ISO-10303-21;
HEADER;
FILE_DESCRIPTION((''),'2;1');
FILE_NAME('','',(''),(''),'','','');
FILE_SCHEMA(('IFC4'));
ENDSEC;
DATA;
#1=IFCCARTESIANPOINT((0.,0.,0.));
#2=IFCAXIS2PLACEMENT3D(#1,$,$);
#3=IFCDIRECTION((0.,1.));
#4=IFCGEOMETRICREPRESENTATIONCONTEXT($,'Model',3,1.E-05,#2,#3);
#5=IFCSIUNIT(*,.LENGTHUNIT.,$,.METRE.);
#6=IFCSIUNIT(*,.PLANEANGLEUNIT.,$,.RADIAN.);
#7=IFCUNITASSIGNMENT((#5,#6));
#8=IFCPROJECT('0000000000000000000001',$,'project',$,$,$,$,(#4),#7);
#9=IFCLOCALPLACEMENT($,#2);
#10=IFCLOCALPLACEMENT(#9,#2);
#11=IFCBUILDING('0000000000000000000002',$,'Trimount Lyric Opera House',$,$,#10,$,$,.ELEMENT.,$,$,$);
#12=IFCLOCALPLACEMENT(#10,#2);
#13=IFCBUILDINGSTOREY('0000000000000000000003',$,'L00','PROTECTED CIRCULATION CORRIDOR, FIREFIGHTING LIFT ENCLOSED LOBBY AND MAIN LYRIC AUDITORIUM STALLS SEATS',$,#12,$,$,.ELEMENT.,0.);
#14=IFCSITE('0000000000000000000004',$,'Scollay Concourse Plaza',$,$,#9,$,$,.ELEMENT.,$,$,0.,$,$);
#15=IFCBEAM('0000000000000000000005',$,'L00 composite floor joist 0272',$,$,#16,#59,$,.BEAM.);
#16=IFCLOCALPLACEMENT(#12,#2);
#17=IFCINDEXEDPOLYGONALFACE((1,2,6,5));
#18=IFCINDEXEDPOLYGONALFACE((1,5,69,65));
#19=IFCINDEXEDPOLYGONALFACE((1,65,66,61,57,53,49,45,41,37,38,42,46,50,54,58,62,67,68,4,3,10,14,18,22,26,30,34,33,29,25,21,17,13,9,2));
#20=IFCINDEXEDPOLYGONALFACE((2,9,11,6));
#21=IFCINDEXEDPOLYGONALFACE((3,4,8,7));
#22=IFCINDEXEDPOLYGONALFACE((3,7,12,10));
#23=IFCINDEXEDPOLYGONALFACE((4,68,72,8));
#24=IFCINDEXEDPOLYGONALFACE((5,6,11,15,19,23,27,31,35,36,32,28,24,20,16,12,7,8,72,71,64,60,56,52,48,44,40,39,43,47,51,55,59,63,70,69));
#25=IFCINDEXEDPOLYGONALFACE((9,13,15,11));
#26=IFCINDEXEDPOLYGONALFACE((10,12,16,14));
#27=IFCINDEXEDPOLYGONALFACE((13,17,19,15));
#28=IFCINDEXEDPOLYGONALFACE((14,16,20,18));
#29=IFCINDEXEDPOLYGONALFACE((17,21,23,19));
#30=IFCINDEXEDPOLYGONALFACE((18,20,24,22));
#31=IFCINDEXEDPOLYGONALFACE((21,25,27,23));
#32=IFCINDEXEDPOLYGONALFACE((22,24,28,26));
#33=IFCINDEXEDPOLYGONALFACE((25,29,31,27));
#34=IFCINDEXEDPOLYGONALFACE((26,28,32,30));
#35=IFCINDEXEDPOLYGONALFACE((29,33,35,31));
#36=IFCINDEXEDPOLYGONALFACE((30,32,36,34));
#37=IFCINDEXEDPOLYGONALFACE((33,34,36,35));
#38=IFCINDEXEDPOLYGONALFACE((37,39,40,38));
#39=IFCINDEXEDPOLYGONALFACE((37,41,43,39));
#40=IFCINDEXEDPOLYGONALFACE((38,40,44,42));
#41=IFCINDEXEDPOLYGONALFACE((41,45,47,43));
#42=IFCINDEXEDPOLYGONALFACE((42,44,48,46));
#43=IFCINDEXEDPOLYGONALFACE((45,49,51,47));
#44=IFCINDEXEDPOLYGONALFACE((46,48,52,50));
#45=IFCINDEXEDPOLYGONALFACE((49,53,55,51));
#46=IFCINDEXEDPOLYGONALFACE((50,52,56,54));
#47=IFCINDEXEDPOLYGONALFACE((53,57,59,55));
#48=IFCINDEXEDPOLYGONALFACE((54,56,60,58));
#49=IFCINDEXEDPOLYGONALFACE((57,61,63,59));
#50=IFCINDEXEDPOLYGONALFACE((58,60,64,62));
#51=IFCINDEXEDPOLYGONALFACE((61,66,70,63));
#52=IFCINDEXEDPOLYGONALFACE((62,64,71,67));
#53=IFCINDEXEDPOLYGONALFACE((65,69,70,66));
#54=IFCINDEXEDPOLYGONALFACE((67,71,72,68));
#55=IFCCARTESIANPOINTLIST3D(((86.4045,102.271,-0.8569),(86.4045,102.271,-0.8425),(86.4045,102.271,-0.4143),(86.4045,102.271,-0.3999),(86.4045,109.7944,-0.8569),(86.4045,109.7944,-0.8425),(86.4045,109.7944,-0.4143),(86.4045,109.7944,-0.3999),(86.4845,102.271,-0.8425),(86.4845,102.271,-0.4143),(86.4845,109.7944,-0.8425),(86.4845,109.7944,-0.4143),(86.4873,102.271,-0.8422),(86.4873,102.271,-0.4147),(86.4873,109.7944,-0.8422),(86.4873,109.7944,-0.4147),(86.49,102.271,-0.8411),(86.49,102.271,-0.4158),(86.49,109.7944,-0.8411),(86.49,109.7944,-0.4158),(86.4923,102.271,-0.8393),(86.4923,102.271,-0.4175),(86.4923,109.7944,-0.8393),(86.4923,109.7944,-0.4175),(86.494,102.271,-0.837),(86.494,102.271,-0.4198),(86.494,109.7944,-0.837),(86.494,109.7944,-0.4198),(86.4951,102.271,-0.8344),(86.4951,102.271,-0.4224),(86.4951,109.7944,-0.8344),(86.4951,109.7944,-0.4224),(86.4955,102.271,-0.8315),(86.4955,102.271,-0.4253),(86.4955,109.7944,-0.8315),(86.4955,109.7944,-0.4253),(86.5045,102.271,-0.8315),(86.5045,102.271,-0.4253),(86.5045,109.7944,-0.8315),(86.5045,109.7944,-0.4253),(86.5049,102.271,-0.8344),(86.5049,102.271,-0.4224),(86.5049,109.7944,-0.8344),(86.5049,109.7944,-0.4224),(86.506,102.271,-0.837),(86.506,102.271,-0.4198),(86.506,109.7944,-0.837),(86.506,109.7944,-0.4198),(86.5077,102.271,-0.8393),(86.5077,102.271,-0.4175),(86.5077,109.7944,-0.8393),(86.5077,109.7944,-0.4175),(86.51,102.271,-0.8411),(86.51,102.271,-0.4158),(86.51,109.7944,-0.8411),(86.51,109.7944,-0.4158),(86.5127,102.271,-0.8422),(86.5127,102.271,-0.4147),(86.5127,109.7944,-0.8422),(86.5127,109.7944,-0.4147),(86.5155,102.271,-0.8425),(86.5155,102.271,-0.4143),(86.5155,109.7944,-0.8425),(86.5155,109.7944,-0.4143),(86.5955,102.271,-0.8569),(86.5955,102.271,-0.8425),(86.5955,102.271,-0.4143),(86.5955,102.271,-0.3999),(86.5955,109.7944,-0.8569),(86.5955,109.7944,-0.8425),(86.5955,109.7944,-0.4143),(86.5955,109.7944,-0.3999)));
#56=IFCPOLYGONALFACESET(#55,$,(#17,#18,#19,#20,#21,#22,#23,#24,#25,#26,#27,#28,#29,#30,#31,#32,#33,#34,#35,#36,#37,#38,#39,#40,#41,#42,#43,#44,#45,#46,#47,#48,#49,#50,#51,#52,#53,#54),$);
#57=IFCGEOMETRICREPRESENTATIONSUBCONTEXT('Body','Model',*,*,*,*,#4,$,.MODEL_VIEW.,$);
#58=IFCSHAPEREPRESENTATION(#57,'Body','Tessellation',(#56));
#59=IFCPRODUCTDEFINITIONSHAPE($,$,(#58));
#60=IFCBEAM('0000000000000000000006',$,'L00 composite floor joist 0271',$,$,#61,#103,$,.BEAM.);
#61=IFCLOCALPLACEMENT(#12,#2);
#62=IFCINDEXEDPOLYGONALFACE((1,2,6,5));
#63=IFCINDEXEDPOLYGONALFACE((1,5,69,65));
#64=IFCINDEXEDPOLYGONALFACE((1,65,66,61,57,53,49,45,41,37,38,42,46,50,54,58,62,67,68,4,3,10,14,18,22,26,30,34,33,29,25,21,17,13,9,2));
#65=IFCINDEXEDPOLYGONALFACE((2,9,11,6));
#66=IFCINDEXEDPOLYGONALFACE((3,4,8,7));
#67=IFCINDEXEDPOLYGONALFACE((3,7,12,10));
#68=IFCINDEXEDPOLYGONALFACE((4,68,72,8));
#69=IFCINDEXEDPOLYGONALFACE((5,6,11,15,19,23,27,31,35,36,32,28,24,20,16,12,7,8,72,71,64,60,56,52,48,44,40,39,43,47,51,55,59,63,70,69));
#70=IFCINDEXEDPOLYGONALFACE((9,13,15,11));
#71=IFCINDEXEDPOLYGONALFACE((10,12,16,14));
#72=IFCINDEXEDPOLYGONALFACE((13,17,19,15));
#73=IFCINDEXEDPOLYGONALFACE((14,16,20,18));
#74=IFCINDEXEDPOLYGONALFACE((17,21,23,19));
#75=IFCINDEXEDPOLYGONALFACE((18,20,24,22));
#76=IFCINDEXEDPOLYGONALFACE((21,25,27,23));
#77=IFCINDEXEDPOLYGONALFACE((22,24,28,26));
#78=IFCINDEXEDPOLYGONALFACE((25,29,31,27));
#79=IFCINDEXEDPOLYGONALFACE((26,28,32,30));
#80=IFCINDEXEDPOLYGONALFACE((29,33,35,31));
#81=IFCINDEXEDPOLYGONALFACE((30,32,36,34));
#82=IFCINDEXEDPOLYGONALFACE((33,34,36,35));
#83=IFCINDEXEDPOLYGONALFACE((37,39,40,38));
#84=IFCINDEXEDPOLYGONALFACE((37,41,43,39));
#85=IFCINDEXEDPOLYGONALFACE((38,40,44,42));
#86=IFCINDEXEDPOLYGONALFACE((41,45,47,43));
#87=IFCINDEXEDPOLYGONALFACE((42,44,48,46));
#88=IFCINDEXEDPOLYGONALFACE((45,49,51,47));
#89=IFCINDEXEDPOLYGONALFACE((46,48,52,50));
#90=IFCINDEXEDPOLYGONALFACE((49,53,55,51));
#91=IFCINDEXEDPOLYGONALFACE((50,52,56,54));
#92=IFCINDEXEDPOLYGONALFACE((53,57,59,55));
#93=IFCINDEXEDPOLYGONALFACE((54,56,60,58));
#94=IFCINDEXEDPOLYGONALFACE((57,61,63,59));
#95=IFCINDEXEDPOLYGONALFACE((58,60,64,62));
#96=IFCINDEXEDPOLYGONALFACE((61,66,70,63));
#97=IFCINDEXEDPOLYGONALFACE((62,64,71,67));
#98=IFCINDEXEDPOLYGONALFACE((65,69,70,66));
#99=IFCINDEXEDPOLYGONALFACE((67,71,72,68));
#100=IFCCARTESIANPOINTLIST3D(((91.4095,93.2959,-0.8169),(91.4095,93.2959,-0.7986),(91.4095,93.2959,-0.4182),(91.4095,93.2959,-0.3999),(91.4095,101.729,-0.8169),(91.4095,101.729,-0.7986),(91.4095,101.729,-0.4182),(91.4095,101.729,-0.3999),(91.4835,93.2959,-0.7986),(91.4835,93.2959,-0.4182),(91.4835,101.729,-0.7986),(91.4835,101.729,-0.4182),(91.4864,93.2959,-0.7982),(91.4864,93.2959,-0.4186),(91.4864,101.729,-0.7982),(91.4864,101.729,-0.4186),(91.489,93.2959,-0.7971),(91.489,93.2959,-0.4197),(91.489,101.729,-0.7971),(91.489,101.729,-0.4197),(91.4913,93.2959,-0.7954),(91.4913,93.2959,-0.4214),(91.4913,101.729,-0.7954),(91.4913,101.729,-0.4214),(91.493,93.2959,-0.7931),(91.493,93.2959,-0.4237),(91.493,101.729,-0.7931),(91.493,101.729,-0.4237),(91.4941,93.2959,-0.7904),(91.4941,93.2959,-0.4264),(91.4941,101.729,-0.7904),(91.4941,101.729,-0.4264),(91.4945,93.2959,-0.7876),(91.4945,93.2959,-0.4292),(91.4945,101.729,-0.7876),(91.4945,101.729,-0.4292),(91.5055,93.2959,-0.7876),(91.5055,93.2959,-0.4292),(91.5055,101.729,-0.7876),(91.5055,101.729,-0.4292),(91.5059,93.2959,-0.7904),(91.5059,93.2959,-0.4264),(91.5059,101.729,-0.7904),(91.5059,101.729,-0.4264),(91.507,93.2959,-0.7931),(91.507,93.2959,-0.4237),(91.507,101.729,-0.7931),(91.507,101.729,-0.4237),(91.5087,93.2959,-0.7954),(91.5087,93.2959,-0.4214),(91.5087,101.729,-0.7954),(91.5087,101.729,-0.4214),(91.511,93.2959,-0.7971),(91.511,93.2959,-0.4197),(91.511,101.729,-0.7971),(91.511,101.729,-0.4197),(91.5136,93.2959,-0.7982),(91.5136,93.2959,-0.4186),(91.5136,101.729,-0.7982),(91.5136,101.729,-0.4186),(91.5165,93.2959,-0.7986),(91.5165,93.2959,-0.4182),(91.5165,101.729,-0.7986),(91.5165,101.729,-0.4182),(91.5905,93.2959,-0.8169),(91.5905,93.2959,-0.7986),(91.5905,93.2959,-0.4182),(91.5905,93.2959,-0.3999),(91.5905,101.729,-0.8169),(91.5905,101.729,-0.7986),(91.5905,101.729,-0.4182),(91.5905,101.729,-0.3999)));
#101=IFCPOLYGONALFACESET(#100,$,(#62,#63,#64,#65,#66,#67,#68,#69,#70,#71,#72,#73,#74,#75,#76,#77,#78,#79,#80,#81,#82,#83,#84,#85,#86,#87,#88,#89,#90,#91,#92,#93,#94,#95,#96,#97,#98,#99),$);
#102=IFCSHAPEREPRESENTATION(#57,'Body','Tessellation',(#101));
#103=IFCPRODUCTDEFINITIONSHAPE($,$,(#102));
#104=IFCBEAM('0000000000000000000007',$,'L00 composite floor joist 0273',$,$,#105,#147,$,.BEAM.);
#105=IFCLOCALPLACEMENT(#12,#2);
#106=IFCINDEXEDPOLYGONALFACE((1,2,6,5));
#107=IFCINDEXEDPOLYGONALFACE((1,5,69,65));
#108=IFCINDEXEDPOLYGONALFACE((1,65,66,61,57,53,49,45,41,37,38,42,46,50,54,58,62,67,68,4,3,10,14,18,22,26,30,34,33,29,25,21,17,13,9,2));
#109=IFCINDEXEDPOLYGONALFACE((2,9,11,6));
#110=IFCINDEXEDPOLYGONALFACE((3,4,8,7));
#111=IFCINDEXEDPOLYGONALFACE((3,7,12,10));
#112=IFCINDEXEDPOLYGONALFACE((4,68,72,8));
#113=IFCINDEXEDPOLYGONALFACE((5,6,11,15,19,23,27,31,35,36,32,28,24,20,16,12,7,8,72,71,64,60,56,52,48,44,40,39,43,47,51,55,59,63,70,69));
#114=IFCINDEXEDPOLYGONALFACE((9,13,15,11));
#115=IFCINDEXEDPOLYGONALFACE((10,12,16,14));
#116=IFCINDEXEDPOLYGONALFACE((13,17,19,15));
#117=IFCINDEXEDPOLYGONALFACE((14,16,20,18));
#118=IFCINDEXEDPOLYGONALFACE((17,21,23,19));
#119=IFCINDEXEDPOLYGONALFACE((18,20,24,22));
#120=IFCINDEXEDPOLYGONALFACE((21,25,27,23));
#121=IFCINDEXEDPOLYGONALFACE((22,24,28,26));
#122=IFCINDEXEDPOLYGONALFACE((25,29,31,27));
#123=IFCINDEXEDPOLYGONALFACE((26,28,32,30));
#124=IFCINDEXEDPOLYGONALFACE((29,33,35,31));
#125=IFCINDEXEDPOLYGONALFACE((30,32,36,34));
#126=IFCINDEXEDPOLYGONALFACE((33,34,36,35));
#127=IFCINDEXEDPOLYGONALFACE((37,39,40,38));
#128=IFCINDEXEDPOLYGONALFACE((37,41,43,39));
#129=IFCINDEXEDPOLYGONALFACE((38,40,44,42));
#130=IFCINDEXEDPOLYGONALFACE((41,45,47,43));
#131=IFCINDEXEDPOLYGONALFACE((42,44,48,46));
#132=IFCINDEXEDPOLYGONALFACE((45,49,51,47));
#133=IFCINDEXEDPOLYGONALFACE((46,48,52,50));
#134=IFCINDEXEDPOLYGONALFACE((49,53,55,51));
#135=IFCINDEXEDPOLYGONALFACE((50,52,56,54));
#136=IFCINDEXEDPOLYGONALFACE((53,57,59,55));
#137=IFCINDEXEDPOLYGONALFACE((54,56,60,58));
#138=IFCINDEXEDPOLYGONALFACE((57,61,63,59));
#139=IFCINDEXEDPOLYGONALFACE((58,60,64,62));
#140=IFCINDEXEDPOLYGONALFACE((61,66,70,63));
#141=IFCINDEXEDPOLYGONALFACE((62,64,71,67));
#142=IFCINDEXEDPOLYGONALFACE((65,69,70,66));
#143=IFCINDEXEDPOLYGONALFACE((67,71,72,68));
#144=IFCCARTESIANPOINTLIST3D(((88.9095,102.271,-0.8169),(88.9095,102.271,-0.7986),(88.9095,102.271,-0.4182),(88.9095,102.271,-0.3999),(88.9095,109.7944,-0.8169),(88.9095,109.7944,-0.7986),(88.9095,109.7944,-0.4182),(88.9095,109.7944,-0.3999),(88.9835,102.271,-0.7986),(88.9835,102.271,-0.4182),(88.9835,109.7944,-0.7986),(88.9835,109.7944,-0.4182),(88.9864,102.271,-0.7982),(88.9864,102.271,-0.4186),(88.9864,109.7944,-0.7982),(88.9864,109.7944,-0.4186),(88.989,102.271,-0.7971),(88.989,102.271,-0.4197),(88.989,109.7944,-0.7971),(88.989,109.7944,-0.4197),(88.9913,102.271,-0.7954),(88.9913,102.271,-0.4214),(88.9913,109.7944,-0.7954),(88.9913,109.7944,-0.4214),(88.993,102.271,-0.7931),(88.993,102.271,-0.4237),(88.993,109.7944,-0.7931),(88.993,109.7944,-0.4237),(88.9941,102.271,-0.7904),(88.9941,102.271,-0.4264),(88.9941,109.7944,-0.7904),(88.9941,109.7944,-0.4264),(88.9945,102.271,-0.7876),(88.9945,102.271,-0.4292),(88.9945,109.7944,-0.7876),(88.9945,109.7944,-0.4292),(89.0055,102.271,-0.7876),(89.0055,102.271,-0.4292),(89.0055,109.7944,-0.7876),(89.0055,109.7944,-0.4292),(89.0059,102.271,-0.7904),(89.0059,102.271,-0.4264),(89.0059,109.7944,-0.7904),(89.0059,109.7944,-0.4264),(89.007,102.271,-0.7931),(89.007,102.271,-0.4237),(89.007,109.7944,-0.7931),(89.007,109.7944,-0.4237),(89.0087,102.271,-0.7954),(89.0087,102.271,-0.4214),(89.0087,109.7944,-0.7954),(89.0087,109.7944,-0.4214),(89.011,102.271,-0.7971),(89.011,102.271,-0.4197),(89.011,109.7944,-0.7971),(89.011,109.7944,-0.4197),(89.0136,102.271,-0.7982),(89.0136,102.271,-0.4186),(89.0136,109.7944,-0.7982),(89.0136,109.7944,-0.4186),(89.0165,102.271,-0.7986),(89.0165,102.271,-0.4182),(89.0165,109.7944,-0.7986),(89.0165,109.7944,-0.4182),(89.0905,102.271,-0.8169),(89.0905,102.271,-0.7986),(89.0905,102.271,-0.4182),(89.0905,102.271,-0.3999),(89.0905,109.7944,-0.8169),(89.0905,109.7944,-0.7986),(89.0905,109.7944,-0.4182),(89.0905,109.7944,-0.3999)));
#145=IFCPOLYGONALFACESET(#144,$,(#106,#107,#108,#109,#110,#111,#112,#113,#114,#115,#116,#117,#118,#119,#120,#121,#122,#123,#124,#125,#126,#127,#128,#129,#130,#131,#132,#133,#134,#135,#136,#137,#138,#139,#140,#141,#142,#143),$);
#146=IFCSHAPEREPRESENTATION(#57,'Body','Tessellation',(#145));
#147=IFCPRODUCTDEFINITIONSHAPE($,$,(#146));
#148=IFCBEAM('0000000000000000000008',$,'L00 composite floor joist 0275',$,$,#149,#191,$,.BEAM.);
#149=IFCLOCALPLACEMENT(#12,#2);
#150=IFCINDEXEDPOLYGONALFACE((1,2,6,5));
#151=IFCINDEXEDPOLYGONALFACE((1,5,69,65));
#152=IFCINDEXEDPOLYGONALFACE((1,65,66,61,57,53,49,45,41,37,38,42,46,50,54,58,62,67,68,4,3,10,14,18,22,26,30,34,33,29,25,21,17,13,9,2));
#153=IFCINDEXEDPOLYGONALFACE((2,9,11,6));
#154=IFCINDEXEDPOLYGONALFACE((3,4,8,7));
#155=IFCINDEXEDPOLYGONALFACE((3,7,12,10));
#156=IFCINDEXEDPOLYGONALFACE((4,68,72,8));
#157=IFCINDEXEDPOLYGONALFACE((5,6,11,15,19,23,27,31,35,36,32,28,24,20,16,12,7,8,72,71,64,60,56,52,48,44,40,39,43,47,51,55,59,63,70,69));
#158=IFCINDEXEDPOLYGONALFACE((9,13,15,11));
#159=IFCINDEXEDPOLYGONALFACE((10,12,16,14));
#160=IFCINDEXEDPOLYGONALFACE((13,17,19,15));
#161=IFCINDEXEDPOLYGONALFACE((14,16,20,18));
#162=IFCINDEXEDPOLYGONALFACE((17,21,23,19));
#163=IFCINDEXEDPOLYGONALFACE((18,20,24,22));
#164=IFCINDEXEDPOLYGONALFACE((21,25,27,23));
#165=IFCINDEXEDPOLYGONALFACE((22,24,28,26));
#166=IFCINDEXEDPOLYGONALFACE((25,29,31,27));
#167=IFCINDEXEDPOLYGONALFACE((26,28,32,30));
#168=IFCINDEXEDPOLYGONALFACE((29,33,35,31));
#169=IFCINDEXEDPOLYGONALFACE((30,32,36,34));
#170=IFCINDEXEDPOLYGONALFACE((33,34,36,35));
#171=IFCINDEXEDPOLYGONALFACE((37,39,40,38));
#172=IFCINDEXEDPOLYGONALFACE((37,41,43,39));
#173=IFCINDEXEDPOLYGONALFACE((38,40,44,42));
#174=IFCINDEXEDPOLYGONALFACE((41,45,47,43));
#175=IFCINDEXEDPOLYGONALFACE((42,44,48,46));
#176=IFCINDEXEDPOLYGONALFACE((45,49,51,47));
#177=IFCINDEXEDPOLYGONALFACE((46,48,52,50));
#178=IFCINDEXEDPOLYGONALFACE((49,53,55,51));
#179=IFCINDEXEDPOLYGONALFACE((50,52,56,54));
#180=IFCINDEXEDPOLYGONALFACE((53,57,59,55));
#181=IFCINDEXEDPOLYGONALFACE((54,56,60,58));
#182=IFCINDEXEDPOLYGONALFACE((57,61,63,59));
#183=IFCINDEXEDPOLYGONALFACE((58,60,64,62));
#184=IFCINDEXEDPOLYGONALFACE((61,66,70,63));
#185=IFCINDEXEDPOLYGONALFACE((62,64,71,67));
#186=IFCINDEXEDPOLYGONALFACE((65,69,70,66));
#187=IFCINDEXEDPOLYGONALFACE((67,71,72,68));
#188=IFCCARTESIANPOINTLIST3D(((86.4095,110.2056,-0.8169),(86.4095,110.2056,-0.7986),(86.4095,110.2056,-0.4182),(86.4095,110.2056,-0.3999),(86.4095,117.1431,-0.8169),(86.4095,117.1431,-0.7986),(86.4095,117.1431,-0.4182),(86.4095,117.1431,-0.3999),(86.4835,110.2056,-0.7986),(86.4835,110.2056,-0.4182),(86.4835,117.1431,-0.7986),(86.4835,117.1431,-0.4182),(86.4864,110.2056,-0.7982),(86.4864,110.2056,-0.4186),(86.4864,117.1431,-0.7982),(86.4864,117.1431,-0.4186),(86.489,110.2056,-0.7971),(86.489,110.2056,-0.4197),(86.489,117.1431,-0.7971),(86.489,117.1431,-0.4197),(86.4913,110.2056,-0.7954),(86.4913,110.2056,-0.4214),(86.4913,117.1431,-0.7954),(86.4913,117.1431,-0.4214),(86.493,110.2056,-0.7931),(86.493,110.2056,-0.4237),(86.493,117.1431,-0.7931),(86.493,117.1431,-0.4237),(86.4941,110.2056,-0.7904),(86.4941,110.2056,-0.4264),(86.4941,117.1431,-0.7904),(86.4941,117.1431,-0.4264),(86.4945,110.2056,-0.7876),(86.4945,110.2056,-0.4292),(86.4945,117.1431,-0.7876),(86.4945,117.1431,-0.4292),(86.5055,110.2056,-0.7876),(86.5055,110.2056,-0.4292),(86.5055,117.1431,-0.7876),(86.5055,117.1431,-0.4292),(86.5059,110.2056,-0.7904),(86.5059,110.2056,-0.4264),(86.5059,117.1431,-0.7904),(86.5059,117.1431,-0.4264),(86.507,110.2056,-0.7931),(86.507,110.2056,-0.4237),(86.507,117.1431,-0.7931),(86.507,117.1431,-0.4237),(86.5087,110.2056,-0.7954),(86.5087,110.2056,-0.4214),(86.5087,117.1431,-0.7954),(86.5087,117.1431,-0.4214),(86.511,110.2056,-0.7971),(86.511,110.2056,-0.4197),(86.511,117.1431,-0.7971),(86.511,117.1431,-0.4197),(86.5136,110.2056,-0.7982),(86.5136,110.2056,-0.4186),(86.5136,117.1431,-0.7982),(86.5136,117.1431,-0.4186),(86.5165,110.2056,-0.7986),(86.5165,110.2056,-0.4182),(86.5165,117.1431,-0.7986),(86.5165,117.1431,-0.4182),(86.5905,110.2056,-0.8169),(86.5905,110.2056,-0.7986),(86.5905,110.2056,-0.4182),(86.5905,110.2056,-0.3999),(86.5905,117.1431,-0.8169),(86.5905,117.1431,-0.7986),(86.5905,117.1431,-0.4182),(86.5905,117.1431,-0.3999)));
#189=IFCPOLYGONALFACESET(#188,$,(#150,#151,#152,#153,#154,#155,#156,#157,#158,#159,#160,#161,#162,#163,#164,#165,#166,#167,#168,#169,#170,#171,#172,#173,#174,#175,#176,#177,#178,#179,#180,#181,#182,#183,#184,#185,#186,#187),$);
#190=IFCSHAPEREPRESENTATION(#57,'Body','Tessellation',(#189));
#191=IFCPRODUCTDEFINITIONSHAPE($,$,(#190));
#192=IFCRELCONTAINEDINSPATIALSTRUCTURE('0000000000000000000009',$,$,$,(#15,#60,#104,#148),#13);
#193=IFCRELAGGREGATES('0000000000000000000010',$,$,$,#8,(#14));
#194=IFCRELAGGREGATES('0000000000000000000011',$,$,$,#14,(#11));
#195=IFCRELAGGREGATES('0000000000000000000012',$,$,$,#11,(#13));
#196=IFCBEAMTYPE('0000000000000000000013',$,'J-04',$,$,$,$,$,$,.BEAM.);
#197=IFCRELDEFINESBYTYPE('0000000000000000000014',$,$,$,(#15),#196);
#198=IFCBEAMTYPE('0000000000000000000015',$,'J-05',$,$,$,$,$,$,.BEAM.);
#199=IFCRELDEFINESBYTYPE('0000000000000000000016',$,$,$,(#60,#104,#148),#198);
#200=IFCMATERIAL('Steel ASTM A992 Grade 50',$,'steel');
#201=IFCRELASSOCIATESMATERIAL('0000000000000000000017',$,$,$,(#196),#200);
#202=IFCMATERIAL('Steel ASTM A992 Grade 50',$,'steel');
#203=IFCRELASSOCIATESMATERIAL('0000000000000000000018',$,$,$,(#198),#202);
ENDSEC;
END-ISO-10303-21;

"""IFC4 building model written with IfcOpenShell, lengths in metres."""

from ifc_helpers import new_model, si_unit, direction, frame, origin, origin_2d, place, context, subcontext, project, spatial, i_section, extrude, material, material_profile, profile_set, type_object, element, save


model = new_model("IFC4")

# Units and contexts
model_context = context("Model", 3, precision=1e-05, world=origin(), true_north=direction((0.0, 1.0)))
body_context = subcontext(model_context, "Body", "Model", "MODEL_VIEW")
ifc_project = project(units=[si_unit("LENGTHUNIT", "METRE"), si_unit("PLANEANGLEUNIT", "RADIAN")], contexts=[model_context])

# Site, building, storey
site_placement = place(None, origin())
site = spatial("IfcSite", under=ifc_project, at=site_placement, Name="Scollay Concourse Plaza", CompositionType="ELEMENT", RefElevation=0.0)
building_placement = place(site_placement, origin())
building = spatial("IfcBuilding", under=site, at=building_placement, Name="Trimount Lyric Opera House", CompositionType="ELEMENT")
storey_placement = place(building_placement, origin())
storey = spatial("IfcBuildingStorey", under=building, at=storey_placement, Name="L00", Description="PROTECTED CIRCULATION CORRIDOR, FIREFIGHTING LIFT ENCLOSED LOBBY AND MAIN LYRIC AUDITORIUM STALLS SEATS", CompositionType="ELEMENT", Elevation=0.0)

# Beams
ifc_material_1 = material(Name="Steel ASTM A992 Grade 50", Category="steel")
ifc_material_profile_1 = material_profile(ifc_material_1, i_section(OverallWidth=0.1909, OverallDepth=0.457, WebThickness=0.009, FlangeThickness=0.0144, FilletRadius=0.011, at=origin_2d()), Name="W18X50")
ifc_profile_set_1 = profile_set([ifc_material_profile_1], Name="Steel ASTM A992 Grade 50")
beam_type_1 = type_object("IfcBeamType", Name="J-04", PredefinedType="BEAM", material=ifc_profile_set_1)
beam_1_placement = place(storey_placement, frame((86.5, 102.271, -0.6284), z_axis=(0.0, 1.0, 0.0), x_axis=(-1.0, 0.0, 0.0)))
element("IfcBeam", 1, at=beam_1_placement, inside=storey, type_object=beam_type_1, Name="L00 composite floor joist 0272", PredefinedType="BEAM", context=body_context, shape_type="SweptSolid", body=[
    extrude(i_section(OverallWidth=0.1909, OverallDepth=0.457, WebThickness=0.009, FlangeThickness=0.0144, FilletRadius=0.011, at=origin_2d()), origin(), (0.0, 0.0, 1.0), 7.5234),
])
ifc_material_2 = material(Name="Steel ASTM A992 Grade 50", Category="steel")
ifc_material_profile_2 = material_profile(ifc_material_2, i_section(OverallWidth=0.1809, OverallDepth=0.417, WebThickness=0.011, FlangeThickness=0.0183, FilletRadius=0.011, at=origin_2d()), Name="W16X57")
ifc_profile_set_2 = profile_set([ifc_material_profile_2], Name="Steel ASTM A992 Grade 50")
beam_type_2 = type_object("IfcBeamType", Name="J-05", PredefinedType="BEAM", material=ifc_profile_set_2)
beam_2_placement = place(storey_placement, frame((91.5, 93.2959, -0.6084), z_axis=(0.0, 1.0, 0.0), x_axis=(-1.0, 0.0, 0.0)))
element("IfcBeam", 2, at=beam_2_placement, inside=storey, type_object=beam_type_2, Name="L00 composite floor joist 0271", PredefinedType="BEAM", context=body_context, shape_type="SweptSolid", body=[
    extrude(i_section(OverallWidth=0.1809, OverallDepth=0.417, WebThickness=0.011, FlangeThickness=0.0183, FilletRadius=0.011, at=origin_2d()), origin(), (0.0, 0.0, 1.0), 8.4331),
])
beam_3_placement = place(storey_placement, frame((89.0, 102.271, -0.6084), z_axis=(0.0, 1.0, 0.0), x_axis=(-1.0, 0.0, 0.0)))
element("IfcBeam", 3, at=beam_3_placement, inside=storey, type_object=beam_type_2, Name="L00 composite floor joist 0273", PredefinedType="BEAM", context=body_context, shape_type="SweptSolid", body=[
    extrude(i_section(OverallWidth=0.1809, OverallDepth=0.417, WebThickness=0.011, FlangeThickness=0.0183, FilletRadius=0.011, at=origin_2d()), origin(), (0.0, 0.0, 1.0), 7.5234),
])
beam_4_placement = place(storey_placement, frame((86.5, 110.2056, -0.6084), z_axis=(0.0, 1.0, 0.0), x_axis=(-1.0, 0.0, 0.0)))
element("IfcBeam", 4, at=beam_4_placement, inside=storey, type_object=beam_type_2, Name="L00 composite floor joist 0275", PredefinedType="BEAM", context=body_context, shape_type="SweptSolid", body=[
    extrude(i_section(OverallWidth=0.1809, OverallDepth=0.417, WebThickness=0.011, FlangeThickness=0.0183, FilletRadius=0.011, at=origin_2d()), origin(), (0.0, 0.0, 1.0), 6.9375),
])

save(model, "model.ifc")
